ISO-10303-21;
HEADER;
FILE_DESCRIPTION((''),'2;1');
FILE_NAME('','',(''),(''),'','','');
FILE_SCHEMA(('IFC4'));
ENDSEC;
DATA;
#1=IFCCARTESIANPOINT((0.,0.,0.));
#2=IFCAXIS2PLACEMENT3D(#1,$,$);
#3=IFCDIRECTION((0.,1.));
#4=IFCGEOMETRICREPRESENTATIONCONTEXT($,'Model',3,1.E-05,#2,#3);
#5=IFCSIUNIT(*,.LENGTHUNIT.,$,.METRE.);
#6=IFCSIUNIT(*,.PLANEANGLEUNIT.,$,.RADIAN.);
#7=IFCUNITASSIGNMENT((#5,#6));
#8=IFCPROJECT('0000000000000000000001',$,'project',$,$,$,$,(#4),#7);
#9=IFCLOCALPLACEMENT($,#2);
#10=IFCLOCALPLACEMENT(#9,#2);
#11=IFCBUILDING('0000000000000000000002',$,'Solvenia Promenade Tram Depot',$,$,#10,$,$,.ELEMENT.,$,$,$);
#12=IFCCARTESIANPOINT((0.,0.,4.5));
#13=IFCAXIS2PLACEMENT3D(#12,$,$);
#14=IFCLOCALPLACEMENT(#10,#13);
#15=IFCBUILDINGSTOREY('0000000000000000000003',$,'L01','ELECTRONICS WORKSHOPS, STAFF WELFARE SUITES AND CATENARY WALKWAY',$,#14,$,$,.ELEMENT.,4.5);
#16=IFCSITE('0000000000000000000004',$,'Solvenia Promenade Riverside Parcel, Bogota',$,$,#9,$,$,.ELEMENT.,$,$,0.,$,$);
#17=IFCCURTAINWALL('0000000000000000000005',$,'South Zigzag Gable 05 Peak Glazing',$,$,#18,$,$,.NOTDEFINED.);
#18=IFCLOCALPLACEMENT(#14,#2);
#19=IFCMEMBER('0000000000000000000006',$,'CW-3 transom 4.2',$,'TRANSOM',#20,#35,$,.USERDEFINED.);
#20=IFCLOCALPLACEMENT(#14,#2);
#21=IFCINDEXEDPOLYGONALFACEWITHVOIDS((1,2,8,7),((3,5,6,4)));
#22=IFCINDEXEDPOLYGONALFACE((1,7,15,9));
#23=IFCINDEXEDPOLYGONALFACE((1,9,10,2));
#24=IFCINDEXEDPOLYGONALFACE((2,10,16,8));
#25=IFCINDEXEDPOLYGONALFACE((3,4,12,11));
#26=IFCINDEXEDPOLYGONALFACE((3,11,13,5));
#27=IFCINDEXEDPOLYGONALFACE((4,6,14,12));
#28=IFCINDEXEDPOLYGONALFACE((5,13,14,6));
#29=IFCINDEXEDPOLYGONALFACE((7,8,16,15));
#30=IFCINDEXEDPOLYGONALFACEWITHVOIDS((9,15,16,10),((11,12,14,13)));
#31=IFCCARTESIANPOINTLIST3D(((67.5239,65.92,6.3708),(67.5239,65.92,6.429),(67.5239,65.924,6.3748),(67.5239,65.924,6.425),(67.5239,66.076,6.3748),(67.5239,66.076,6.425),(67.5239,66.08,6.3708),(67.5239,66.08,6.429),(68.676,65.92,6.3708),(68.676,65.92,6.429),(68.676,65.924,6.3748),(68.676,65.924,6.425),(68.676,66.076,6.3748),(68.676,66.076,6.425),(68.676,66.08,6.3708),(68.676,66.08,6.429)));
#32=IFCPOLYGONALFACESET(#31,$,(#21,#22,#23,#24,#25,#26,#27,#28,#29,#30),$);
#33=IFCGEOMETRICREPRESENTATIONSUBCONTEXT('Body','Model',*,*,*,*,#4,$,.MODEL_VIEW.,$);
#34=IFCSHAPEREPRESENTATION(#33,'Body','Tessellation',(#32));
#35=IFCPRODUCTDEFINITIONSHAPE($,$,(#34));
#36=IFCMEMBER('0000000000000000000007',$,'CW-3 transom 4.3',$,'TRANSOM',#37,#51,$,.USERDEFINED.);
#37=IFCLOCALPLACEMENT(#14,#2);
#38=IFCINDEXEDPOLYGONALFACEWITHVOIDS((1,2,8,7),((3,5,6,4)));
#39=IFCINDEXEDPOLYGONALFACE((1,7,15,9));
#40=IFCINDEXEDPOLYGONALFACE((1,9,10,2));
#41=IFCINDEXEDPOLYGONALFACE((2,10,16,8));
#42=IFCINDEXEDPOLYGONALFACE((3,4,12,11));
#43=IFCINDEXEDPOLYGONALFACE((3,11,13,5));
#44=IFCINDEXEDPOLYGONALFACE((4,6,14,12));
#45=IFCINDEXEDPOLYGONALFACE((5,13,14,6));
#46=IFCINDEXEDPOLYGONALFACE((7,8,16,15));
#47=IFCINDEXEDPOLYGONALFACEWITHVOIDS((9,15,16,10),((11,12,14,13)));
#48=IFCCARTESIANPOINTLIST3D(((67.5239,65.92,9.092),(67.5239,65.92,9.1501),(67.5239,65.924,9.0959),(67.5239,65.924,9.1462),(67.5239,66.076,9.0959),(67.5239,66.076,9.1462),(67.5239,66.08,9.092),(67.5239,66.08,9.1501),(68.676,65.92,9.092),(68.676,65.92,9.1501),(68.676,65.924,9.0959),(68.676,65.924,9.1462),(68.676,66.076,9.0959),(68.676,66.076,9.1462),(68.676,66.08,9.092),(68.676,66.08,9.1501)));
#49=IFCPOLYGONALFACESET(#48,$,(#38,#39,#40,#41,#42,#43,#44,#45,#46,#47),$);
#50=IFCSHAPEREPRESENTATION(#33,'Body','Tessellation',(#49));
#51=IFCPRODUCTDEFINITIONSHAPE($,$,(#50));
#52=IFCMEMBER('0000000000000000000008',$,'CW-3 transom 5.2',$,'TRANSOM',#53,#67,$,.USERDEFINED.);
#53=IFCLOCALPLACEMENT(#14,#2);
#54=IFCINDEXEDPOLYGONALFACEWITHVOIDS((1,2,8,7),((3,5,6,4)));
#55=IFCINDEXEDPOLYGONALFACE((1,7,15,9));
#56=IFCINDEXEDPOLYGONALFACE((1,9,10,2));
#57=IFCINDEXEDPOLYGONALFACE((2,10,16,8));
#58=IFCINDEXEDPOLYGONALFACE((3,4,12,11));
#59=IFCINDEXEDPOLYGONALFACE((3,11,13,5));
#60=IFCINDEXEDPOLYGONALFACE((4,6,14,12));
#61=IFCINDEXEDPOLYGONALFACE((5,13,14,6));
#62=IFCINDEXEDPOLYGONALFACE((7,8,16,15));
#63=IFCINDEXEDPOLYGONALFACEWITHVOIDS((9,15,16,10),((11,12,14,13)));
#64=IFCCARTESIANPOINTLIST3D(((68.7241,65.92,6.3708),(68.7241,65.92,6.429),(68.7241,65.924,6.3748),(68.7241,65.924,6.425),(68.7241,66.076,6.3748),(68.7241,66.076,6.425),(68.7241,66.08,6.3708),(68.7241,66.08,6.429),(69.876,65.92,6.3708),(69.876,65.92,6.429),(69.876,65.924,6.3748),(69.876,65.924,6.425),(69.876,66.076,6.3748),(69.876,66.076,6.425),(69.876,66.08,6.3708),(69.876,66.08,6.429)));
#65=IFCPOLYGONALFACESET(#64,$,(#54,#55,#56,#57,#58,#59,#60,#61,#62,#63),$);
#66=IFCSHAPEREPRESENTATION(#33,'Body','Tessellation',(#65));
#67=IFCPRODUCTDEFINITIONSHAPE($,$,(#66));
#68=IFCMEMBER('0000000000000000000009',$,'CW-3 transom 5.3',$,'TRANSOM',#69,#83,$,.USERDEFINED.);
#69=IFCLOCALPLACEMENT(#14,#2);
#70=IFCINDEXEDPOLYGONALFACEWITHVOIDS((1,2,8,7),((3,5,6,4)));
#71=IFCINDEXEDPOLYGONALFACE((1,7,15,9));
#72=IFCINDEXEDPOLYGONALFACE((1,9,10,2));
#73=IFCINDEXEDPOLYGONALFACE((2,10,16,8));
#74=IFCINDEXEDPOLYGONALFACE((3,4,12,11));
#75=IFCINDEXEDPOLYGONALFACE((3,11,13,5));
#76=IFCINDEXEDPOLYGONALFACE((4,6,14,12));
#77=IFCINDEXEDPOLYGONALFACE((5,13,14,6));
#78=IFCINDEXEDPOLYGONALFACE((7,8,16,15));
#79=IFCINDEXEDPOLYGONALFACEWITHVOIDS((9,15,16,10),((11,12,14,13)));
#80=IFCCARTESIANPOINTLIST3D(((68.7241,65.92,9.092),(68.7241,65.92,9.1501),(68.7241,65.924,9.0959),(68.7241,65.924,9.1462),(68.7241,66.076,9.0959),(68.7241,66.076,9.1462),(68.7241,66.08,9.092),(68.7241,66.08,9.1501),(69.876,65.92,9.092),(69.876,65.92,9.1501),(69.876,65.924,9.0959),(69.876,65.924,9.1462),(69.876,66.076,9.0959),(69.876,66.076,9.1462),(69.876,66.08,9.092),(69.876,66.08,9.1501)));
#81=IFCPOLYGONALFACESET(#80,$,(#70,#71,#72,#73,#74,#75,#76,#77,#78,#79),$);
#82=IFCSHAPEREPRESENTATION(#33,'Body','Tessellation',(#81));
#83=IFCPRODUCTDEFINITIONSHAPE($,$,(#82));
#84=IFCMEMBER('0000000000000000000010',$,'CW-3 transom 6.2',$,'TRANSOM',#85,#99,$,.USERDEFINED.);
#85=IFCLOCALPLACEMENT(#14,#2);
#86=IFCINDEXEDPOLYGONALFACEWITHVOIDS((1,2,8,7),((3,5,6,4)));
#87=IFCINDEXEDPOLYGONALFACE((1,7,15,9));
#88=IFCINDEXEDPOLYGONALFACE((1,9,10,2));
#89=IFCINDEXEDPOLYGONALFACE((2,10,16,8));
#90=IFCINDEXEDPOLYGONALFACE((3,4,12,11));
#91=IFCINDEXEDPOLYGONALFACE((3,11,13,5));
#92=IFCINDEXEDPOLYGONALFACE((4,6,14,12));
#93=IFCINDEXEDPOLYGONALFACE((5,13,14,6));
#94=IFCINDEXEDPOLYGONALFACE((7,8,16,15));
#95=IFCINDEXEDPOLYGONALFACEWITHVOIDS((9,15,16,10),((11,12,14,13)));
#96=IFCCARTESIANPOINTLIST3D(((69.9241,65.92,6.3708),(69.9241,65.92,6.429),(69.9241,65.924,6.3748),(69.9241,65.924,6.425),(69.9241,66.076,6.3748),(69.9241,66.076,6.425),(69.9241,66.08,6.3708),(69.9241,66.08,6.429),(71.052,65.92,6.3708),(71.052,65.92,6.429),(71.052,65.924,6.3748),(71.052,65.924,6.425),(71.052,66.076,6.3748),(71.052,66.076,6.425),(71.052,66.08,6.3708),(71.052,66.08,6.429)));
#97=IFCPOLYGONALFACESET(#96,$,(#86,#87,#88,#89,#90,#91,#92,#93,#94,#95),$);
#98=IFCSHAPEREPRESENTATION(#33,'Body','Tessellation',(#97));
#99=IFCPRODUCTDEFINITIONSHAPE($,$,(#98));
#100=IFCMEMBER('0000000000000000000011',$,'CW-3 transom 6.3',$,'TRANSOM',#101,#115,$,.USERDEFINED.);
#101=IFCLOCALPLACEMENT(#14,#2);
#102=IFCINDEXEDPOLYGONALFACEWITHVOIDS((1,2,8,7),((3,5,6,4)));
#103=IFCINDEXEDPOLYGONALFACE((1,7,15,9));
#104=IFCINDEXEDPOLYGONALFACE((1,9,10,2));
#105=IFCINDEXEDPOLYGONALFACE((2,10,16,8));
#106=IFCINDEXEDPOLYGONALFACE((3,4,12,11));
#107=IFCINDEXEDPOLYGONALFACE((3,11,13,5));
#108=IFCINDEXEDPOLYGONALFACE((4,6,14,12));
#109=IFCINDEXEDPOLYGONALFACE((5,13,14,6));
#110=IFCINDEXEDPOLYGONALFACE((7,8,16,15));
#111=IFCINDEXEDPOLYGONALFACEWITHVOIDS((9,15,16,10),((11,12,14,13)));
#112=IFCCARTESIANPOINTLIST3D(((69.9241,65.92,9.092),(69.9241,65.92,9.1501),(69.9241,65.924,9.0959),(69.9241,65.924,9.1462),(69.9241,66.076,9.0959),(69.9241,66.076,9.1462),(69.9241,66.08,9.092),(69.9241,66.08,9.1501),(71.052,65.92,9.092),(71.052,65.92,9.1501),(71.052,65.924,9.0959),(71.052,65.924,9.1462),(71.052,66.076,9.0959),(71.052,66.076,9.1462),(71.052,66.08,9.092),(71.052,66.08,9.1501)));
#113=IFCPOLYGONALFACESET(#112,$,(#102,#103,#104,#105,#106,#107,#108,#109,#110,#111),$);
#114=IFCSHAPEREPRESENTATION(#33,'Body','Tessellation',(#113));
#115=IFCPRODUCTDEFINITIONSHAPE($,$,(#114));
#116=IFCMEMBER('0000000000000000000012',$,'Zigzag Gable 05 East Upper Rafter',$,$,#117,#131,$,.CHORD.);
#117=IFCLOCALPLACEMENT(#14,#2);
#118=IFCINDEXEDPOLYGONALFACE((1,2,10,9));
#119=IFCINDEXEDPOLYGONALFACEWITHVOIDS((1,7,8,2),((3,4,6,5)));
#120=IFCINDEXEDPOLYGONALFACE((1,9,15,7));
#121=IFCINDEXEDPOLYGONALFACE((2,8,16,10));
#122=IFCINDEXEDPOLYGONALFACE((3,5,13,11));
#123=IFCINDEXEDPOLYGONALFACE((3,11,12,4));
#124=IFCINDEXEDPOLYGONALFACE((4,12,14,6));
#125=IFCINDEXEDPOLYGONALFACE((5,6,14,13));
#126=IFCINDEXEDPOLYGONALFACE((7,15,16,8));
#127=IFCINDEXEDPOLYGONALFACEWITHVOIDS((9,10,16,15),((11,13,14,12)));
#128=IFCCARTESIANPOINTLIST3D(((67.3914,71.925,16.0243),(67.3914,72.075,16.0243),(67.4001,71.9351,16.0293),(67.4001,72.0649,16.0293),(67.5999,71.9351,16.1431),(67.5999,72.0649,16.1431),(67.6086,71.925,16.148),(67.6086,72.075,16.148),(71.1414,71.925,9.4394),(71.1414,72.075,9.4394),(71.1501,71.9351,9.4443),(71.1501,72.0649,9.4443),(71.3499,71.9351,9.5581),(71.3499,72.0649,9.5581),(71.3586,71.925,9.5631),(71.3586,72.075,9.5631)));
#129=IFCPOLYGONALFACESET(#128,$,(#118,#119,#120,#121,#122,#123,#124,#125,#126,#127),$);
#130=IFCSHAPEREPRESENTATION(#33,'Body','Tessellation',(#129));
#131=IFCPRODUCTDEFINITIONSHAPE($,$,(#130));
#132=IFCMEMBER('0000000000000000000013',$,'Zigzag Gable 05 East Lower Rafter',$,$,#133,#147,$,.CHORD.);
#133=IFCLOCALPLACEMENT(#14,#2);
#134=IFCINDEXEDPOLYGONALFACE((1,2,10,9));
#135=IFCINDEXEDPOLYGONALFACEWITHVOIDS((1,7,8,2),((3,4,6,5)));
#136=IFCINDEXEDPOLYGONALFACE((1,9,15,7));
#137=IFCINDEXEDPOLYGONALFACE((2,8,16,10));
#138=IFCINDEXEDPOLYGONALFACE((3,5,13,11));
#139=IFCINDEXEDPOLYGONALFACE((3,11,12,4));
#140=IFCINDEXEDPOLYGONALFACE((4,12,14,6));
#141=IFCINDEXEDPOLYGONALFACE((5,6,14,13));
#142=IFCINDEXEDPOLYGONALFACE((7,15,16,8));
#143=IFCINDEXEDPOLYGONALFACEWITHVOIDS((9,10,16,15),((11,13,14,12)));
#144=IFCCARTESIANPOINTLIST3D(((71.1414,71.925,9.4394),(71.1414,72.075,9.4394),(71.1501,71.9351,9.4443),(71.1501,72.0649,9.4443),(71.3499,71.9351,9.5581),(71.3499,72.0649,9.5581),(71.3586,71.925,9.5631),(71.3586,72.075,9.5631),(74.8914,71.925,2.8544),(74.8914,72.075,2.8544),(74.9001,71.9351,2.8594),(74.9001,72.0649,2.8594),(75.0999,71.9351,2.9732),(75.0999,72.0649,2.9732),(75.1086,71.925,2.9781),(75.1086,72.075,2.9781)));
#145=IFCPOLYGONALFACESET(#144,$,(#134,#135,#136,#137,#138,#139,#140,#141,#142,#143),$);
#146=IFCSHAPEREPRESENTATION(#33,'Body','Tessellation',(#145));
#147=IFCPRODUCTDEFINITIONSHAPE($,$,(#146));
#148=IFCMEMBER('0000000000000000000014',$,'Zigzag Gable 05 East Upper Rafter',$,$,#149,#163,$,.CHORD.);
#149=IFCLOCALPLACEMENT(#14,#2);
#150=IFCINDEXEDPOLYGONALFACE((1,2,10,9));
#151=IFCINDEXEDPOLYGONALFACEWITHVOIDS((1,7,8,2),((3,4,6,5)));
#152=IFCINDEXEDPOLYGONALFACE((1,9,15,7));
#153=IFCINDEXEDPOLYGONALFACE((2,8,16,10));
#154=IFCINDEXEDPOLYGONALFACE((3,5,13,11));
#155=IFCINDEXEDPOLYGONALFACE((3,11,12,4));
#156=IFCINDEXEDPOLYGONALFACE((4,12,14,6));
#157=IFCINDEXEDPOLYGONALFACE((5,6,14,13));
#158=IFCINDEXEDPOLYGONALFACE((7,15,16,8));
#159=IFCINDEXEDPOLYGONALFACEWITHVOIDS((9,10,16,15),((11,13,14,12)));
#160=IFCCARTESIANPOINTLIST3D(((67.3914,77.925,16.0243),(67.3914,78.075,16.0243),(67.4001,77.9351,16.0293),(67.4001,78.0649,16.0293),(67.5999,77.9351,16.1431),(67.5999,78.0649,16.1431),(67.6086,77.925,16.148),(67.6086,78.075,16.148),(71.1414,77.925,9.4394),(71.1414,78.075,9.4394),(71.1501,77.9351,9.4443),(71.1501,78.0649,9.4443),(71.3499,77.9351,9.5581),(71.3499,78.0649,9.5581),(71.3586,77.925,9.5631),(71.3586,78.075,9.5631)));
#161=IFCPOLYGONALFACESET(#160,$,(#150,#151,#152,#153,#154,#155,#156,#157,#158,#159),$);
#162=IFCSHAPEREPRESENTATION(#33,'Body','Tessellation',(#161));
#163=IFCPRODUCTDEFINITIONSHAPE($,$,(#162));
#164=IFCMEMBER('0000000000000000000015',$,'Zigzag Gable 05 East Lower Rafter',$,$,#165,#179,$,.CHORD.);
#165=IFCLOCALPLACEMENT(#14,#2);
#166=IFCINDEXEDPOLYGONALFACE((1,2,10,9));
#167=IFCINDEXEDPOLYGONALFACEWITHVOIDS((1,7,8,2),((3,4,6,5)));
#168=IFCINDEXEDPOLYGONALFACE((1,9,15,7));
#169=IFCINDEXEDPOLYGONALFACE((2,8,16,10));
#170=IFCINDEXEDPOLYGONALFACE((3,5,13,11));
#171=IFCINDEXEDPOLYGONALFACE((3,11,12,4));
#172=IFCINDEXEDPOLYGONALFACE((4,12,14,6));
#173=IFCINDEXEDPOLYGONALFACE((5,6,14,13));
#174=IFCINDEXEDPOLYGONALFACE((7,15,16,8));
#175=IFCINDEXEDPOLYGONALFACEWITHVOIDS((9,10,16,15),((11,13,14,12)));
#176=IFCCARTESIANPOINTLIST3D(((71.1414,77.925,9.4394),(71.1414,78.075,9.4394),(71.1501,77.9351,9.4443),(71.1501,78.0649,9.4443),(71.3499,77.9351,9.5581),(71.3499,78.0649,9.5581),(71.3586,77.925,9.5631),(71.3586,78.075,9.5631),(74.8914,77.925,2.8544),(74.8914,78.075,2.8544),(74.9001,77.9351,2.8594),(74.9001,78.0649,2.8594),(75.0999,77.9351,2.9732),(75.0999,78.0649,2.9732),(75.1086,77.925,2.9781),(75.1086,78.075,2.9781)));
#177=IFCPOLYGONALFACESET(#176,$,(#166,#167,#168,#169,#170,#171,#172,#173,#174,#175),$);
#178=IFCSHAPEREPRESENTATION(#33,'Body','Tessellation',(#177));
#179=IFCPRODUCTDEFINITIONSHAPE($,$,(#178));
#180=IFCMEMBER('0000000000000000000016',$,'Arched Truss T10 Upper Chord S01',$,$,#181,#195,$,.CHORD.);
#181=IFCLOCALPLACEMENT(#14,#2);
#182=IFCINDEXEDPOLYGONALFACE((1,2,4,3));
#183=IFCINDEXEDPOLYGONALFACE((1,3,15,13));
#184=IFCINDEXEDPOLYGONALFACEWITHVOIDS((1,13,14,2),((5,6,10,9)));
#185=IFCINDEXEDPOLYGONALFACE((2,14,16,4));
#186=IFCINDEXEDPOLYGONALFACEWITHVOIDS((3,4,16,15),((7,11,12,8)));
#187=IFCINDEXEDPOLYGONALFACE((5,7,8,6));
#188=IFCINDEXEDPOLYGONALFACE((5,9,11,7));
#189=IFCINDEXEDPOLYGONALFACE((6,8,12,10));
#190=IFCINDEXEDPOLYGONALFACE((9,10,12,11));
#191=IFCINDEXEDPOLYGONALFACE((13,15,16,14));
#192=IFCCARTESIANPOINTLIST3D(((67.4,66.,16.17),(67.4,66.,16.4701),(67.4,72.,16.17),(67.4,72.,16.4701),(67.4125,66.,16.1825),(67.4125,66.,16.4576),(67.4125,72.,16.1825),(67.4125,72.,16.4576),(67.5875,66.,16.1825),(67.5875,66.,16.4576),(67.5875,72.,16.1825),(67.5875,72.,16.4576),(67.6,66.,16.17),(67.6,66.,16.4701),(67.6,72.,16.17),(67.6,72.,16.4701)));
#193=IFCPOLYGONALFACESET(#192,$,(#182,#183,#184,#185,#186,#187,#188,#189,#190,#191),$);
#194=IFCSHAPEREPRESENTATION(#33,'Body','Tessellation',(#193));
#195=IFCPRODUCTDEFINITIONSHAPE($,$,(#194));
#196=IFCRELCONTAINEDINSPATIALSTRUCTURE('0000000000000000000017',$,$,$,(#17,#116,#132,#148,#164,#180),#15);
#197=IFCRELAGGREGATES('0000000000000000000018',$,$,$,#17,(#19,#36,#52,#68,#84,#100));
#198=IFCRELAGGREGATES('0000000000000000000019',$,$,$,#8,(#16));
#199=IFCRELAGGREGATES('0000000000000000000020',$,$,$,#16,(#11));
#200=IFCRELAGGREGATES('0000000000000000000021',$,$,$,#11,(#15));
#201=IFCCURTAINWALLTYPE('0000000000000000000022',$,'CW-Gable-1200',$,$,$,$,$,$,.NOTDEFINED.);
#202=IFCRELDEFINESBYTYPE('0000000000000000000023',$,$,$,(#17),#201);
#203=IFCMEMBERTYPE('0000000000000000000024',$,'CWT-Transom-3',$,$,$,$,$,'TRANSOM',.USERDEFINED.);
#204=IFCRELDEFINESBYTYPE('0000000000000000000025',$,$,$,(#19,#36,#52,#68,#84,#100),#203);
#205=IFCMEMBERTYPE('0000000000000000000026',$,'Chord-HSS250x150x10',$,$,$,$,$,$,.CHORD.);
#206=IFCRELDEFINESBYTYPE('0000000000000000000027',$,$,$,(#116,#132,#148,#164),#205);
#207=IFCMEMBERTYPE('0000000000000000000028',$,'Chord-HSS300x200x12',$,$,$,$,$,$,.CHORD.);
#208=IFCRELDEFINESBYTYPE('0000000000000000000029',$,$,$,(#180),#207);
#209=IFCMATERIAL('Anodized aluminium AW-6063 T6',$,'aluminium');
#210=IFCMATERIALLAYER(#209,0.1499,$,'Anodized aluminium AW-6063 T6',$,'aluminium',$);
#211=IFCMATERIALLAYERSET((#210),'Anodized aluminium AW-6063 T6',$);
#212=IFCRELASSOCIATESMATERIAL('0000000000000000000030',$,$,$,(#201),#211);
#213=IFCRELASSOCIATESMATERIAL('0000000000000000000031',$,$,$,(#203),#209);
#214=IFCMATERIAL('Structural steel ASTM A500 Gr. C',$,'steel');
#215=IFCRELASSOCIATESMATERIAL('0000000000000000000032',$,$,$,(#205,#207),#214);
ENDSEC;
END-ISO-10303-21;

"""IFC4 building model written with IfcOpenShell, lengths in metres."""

from ifc_helpers import new_model, si_unit, direction, frame, origin, origin_2d, place, context, subcontext, project, spatial, hollow_rectangle, extrude, material, layer, layer_set, material_profile, profile_set, type_object, element, aggregate, save


model = new_model("IFC4")

# Units and contexts
model_context = context("Model", 3, precision=1e-05, world=origin(), true_north=direction((0.0, 1.0)))
body_context = subcontext(model_context, "Body", "Model", "MODEL_VIEW")
ifc_project = project(units=[si_unit("LENGTHUNIT", "METRE"), si_unit("PLANEANGLEUNIT", "RADIAN")], contexts=[model_context])

# Site, building, storey
site_placement = place(None, origin())
site = spatial("IfcSite", under=ifc_project, at=site_placement, Name="Solvenia Promenade Riverside Parcel, Bogota", CompositionType="ELEMENT", RefElevation=0.0)
building_placement = place(site_placement, origin())
building = spatial("IfcBuilding", under=site, at=building_placement, Name="Solvenia Promenade Tram Depot", CompositionType="ELEMENT")
storey_placement = place(building_placement, frame((0.0, 0.0, 4.5)))
storey = spatial("IfcBuildingStorey", under=building, at=storey_placement, Name="L01", Description="ELECTRONICS WORKSHOPS, STAFF WELFARE SUITES AND CATENARY WALKWAY", CompositionType="ELEMENT", Elevation=4.5)

# Curtain wall, members
ifc_material_1 = material(Name="Anodized aluminium AW-6063 T6", Category="aluminium")
ifc_layer_1 = layer(ifc_material_1, 0.1499, Name="Anodized aluminium AW-6063 T6", Category="aluminium")
ifc_layer_set_1 = layer_set([ifc_layer_1], Name="Anodized aluminium AW-6063 T6")
curtain_wall_type = type_object("IfcCurtainWallType", Name="CW-Gable-1200", PredefinedType="NOTDEFINED", material=ifc_layer_set_1)
curtain_wall_placement = place(storey_placement, origin())
curtain_wall = element("IfcCurtainWall", 1, at=curtain_wall_placement, inside=storey, type_object=curtain_wall_type, Name="South Zigzag Gable 05 Peak Glazing", PredefinedType="NOTDEFINED")
ifc_material_profile_1 = material_profile(ifc_material_1, hollow_rectangle(XDim=0.1599, YDim=0.0581, WallThickness=0.0039, at=origin_2d()), Name="ALU-T3", Category="aluminium")
ifc_profile_set_1 = profile_set([ifc_material_profile_1], Name="Anodized aluminium AW-6063 T6")
member_type_1 = type_object("IfcMemberType", Name="CWT-Transom-3", ElementType="TRANSOM", PredefinedType="USERDEFINED", material=ifc_profile_set_1)
member_1_placement = place(storey_placement, frame((67.5239, 66.0, 6.3999), z_axis=(1.0, 0.0, 0.0), x_axis=(0.0, 1.0, 0.0)))
member_1 = element("IfcMember", 2, at=member_1_placement, type_object=member_type_1, Name="CW-3 transom 4.2", ObjectType="TRANSOM", PredefinedType="USERDEFINED", context=body_context, shape_type="SweptSolid", body=[
    extrude(hollow_rectangle(XDim=0.1599, YDim=0.0581, WallThickness=0.0039, at=origin_2d()), origin(), (0.0, 0.0, 1.0), 1.1521),
])
member_2_placement = place(storey_placement, frame((67.5239, 66.0, 9.1211), z_axis=(1.0, 0.0, 0.0), x_axis=(0.0, 1.0, 0.0)))
member_2 = element("IfcMember", 3, at=member_2_placement, type_object=member_type_1, Name="CW-3 transom 4.3", ObjectType="TRANSOM", PredefinedType="USERDEFINED", context=body_context, shape_type="SweptSolid", body=[
    extrude(hollow_rectangle(XDim=0.1599, YDim=0.0581, WallThickness=0.0039, at=origin_2d()), origin(), (0.0, 0.0, 1.0), 1.1521),
])
member_3_placement = place(storey_placement, frame((68.7241, 66.0, 6.3999), z_axis=(1.0, 0.0, 0.0), x_axis=(0.0, 1.0, 0.0)))
member_3 = element("IfcMember", 4, at=member_3_placement, type_object=member_type_1, Name="CW-3 transom 5.2", ObjectType="TRANSOM", PredefinedType="USERDEFINED", context=body_context, shape_type="SweptSolid", body=[
    extrude(hollow_rectangle(XDim=0.1599, YDim=0.0581, WallThickness=0.0039, at=origin_2d()), origin(), (0.0, 0.0, 1.0), 1.1519),
])
member_4_placement = place(storey_placement, frame((68.7241, 66.0, 9.1211), z_axis=(1.0, 0.0, 0.0), x_axis=(0.0, 1.0, 0.0)))
member_4 = element("IfcMember", 5, at=member_4_placement, type_object=member_type_1, Name="CW-3 transom 5.3", ObjectType="TRANSOM", PredefinedType="USERDEFINED", context=body_context, shape_type="SweptSolid", body=[
    extrude(hollow_rectangle(XDim=0.1599, YDim=0.0581, WallThickness=0.0039, at=origin_2d()), origin(), (0.0, 0.0, 1.0), 1.1519),
])
member_5_placement = place(storey_placement, frame((69.9241, 66.0, 6.3999), z_axis=(1.0, 0.0, 0.0), x_axis=(0.0, 1.0, 0.0)))
member_5 = element("IfcMember", 6, at=member_5_placement, type_object=member_type_1, Name="CW-3 transom 6.2", ObjectType="TRANSOM", PredefinedType="USERDEFINED", context=body_context, shape_type="SweptSolid", body=[
    extrude(hollow_rectangle(XDim=0.1599, YDim=0.0581, WallThickness=0.0039, at=origin_2d()), origin(), (0.0, 0.0, 1.0), 1.1279),
])
member_6_placement = place(storey_placement, frame((69.9241, 66.0, 9.1211), z_axis=(1.0, 0.0, 0.0), x_axis=(0.0, 1.0, 0.0)))
member_6 = element("IfcMember", 7, at=member_6_placement, type_object=member_type_1, Name="CW-3 transom 6.3", ObjectType="TRANSOM", PredefinedType="USERDEFINED", context=body_context, shape_type="SweptSolid", body=[
    extrude(hollow_rectangle(XDim=0.1599, YDim=0.0581, WallThickness=0.0039, at=origin_2d()), origin(), (0.0, 0.0, 1.0), 1.1279),
])

# Members
ifc_material_2 = material(Name="Structural steel ASTM A500 Gr. C", Category="steel")
ifc_material_profile_2 = material_profile(ifc_material_2, hollow_rectangle(XDim=0.1499, YDim=0.25, WallThickness=0.01, at=origin_2d()), Name="HSS250x150x10", Category="steel")
ifc_profile_set_2 = profile_set([ifc_material_profile_2], Name="Structural steel ASTM A500 Gr. C")
member_type_2 = type_object("IfcMemberType", Name="Chord-HSS250x150x10", PredefinedType="CHORD", material=ifc_profile_set_2)
for number, where, z_axis, x_axis, name in (
    (8, (67.5, 72.0, 16.0862), (0.494862, 0.0, -0.868972), (0.0, 1.0, 0.0), "Zigzag Gable 05 East Upper Rafter"),
    (9, (71.25, 72.0, 9.5012), (0.494862, 0.0, -0.868972), (0.0, 1.0, 0.0), "Zigzag Gable 05 East Lower Rafter"),
    (10, (67.5, 78.0, 16.0862), (0.494862, 0.0, -0.868972), (0.0, 1.0, 0.0), "Zigzag Gable 05 East Upper Rafter"),
    (11, (71.25, 78.0, 9.5012), (0.494862, 0.0, -0.868972), (0.0, 1.0, 0.0), "Zigzag Gable 05 East Lower Rafter"),
):
    element("IfcMember", number, at=place(storey_placement, frame(where, z_axis=z_axis, x_axis=x_axis)), inside=storey, type_object=member_type_2, Name=name, PredefinedType="CHORD", context=body_context, shape_type="SweptSolid", body=[
        extrude(hollow_rectangle(XDim=0.1499, YDim=0.25, WallThickness=0.01, at=origin_2d()), origin(), (0.0, 0.0, 1.0), 7.5779),
    ])
ifc_material_profile_3 = material_profile(ifc_material_2, hollow_rectangle(XDim=0.2, YDim=0.3, WallThickness=0.0125, at=origin_2d()), Name="HSS300x200x12.5", Category="steel")
ifc_profile_set_3 = profile_set([ifc_material_profile_3], Name="Structural steel ASTM A500 Gr. C")
member_type_3 = type_object("IfcMemberType", Name="Chord-HSS300x200x12", PredefinedType="CHORD", material=ifc_profile_set_3)
for number, where, z_axis, x_axis, name in (
    (12, (67.5, 66.0, 16.3201), (0.0, 1.0, 0.0), (-1.0, 0.0, 0.0), "Arched Truss T10 Upper Chord S01"),
):
    element("IfcMember", number, at=place(storey_placement, frame(where, z_axis=z_axis, x_axis=x_axis)), inside=storey, type_object=member_type_3, Name=name, PredefinedType="CHORD", context=body_context, shape_type="SweptSolid", body=[
        extrude(hollow_rectangle(XDim=0.2, YDim=0.3, WallThickness=0.0125, at=origin_2d()), origin(), (0.0, 0.0, 1.0), 6.0),
    ])

aggregate(curtain_wall, [member_1, member_2, member_3, member_4, member_5, member_6])

save(model, "model.ifc")
